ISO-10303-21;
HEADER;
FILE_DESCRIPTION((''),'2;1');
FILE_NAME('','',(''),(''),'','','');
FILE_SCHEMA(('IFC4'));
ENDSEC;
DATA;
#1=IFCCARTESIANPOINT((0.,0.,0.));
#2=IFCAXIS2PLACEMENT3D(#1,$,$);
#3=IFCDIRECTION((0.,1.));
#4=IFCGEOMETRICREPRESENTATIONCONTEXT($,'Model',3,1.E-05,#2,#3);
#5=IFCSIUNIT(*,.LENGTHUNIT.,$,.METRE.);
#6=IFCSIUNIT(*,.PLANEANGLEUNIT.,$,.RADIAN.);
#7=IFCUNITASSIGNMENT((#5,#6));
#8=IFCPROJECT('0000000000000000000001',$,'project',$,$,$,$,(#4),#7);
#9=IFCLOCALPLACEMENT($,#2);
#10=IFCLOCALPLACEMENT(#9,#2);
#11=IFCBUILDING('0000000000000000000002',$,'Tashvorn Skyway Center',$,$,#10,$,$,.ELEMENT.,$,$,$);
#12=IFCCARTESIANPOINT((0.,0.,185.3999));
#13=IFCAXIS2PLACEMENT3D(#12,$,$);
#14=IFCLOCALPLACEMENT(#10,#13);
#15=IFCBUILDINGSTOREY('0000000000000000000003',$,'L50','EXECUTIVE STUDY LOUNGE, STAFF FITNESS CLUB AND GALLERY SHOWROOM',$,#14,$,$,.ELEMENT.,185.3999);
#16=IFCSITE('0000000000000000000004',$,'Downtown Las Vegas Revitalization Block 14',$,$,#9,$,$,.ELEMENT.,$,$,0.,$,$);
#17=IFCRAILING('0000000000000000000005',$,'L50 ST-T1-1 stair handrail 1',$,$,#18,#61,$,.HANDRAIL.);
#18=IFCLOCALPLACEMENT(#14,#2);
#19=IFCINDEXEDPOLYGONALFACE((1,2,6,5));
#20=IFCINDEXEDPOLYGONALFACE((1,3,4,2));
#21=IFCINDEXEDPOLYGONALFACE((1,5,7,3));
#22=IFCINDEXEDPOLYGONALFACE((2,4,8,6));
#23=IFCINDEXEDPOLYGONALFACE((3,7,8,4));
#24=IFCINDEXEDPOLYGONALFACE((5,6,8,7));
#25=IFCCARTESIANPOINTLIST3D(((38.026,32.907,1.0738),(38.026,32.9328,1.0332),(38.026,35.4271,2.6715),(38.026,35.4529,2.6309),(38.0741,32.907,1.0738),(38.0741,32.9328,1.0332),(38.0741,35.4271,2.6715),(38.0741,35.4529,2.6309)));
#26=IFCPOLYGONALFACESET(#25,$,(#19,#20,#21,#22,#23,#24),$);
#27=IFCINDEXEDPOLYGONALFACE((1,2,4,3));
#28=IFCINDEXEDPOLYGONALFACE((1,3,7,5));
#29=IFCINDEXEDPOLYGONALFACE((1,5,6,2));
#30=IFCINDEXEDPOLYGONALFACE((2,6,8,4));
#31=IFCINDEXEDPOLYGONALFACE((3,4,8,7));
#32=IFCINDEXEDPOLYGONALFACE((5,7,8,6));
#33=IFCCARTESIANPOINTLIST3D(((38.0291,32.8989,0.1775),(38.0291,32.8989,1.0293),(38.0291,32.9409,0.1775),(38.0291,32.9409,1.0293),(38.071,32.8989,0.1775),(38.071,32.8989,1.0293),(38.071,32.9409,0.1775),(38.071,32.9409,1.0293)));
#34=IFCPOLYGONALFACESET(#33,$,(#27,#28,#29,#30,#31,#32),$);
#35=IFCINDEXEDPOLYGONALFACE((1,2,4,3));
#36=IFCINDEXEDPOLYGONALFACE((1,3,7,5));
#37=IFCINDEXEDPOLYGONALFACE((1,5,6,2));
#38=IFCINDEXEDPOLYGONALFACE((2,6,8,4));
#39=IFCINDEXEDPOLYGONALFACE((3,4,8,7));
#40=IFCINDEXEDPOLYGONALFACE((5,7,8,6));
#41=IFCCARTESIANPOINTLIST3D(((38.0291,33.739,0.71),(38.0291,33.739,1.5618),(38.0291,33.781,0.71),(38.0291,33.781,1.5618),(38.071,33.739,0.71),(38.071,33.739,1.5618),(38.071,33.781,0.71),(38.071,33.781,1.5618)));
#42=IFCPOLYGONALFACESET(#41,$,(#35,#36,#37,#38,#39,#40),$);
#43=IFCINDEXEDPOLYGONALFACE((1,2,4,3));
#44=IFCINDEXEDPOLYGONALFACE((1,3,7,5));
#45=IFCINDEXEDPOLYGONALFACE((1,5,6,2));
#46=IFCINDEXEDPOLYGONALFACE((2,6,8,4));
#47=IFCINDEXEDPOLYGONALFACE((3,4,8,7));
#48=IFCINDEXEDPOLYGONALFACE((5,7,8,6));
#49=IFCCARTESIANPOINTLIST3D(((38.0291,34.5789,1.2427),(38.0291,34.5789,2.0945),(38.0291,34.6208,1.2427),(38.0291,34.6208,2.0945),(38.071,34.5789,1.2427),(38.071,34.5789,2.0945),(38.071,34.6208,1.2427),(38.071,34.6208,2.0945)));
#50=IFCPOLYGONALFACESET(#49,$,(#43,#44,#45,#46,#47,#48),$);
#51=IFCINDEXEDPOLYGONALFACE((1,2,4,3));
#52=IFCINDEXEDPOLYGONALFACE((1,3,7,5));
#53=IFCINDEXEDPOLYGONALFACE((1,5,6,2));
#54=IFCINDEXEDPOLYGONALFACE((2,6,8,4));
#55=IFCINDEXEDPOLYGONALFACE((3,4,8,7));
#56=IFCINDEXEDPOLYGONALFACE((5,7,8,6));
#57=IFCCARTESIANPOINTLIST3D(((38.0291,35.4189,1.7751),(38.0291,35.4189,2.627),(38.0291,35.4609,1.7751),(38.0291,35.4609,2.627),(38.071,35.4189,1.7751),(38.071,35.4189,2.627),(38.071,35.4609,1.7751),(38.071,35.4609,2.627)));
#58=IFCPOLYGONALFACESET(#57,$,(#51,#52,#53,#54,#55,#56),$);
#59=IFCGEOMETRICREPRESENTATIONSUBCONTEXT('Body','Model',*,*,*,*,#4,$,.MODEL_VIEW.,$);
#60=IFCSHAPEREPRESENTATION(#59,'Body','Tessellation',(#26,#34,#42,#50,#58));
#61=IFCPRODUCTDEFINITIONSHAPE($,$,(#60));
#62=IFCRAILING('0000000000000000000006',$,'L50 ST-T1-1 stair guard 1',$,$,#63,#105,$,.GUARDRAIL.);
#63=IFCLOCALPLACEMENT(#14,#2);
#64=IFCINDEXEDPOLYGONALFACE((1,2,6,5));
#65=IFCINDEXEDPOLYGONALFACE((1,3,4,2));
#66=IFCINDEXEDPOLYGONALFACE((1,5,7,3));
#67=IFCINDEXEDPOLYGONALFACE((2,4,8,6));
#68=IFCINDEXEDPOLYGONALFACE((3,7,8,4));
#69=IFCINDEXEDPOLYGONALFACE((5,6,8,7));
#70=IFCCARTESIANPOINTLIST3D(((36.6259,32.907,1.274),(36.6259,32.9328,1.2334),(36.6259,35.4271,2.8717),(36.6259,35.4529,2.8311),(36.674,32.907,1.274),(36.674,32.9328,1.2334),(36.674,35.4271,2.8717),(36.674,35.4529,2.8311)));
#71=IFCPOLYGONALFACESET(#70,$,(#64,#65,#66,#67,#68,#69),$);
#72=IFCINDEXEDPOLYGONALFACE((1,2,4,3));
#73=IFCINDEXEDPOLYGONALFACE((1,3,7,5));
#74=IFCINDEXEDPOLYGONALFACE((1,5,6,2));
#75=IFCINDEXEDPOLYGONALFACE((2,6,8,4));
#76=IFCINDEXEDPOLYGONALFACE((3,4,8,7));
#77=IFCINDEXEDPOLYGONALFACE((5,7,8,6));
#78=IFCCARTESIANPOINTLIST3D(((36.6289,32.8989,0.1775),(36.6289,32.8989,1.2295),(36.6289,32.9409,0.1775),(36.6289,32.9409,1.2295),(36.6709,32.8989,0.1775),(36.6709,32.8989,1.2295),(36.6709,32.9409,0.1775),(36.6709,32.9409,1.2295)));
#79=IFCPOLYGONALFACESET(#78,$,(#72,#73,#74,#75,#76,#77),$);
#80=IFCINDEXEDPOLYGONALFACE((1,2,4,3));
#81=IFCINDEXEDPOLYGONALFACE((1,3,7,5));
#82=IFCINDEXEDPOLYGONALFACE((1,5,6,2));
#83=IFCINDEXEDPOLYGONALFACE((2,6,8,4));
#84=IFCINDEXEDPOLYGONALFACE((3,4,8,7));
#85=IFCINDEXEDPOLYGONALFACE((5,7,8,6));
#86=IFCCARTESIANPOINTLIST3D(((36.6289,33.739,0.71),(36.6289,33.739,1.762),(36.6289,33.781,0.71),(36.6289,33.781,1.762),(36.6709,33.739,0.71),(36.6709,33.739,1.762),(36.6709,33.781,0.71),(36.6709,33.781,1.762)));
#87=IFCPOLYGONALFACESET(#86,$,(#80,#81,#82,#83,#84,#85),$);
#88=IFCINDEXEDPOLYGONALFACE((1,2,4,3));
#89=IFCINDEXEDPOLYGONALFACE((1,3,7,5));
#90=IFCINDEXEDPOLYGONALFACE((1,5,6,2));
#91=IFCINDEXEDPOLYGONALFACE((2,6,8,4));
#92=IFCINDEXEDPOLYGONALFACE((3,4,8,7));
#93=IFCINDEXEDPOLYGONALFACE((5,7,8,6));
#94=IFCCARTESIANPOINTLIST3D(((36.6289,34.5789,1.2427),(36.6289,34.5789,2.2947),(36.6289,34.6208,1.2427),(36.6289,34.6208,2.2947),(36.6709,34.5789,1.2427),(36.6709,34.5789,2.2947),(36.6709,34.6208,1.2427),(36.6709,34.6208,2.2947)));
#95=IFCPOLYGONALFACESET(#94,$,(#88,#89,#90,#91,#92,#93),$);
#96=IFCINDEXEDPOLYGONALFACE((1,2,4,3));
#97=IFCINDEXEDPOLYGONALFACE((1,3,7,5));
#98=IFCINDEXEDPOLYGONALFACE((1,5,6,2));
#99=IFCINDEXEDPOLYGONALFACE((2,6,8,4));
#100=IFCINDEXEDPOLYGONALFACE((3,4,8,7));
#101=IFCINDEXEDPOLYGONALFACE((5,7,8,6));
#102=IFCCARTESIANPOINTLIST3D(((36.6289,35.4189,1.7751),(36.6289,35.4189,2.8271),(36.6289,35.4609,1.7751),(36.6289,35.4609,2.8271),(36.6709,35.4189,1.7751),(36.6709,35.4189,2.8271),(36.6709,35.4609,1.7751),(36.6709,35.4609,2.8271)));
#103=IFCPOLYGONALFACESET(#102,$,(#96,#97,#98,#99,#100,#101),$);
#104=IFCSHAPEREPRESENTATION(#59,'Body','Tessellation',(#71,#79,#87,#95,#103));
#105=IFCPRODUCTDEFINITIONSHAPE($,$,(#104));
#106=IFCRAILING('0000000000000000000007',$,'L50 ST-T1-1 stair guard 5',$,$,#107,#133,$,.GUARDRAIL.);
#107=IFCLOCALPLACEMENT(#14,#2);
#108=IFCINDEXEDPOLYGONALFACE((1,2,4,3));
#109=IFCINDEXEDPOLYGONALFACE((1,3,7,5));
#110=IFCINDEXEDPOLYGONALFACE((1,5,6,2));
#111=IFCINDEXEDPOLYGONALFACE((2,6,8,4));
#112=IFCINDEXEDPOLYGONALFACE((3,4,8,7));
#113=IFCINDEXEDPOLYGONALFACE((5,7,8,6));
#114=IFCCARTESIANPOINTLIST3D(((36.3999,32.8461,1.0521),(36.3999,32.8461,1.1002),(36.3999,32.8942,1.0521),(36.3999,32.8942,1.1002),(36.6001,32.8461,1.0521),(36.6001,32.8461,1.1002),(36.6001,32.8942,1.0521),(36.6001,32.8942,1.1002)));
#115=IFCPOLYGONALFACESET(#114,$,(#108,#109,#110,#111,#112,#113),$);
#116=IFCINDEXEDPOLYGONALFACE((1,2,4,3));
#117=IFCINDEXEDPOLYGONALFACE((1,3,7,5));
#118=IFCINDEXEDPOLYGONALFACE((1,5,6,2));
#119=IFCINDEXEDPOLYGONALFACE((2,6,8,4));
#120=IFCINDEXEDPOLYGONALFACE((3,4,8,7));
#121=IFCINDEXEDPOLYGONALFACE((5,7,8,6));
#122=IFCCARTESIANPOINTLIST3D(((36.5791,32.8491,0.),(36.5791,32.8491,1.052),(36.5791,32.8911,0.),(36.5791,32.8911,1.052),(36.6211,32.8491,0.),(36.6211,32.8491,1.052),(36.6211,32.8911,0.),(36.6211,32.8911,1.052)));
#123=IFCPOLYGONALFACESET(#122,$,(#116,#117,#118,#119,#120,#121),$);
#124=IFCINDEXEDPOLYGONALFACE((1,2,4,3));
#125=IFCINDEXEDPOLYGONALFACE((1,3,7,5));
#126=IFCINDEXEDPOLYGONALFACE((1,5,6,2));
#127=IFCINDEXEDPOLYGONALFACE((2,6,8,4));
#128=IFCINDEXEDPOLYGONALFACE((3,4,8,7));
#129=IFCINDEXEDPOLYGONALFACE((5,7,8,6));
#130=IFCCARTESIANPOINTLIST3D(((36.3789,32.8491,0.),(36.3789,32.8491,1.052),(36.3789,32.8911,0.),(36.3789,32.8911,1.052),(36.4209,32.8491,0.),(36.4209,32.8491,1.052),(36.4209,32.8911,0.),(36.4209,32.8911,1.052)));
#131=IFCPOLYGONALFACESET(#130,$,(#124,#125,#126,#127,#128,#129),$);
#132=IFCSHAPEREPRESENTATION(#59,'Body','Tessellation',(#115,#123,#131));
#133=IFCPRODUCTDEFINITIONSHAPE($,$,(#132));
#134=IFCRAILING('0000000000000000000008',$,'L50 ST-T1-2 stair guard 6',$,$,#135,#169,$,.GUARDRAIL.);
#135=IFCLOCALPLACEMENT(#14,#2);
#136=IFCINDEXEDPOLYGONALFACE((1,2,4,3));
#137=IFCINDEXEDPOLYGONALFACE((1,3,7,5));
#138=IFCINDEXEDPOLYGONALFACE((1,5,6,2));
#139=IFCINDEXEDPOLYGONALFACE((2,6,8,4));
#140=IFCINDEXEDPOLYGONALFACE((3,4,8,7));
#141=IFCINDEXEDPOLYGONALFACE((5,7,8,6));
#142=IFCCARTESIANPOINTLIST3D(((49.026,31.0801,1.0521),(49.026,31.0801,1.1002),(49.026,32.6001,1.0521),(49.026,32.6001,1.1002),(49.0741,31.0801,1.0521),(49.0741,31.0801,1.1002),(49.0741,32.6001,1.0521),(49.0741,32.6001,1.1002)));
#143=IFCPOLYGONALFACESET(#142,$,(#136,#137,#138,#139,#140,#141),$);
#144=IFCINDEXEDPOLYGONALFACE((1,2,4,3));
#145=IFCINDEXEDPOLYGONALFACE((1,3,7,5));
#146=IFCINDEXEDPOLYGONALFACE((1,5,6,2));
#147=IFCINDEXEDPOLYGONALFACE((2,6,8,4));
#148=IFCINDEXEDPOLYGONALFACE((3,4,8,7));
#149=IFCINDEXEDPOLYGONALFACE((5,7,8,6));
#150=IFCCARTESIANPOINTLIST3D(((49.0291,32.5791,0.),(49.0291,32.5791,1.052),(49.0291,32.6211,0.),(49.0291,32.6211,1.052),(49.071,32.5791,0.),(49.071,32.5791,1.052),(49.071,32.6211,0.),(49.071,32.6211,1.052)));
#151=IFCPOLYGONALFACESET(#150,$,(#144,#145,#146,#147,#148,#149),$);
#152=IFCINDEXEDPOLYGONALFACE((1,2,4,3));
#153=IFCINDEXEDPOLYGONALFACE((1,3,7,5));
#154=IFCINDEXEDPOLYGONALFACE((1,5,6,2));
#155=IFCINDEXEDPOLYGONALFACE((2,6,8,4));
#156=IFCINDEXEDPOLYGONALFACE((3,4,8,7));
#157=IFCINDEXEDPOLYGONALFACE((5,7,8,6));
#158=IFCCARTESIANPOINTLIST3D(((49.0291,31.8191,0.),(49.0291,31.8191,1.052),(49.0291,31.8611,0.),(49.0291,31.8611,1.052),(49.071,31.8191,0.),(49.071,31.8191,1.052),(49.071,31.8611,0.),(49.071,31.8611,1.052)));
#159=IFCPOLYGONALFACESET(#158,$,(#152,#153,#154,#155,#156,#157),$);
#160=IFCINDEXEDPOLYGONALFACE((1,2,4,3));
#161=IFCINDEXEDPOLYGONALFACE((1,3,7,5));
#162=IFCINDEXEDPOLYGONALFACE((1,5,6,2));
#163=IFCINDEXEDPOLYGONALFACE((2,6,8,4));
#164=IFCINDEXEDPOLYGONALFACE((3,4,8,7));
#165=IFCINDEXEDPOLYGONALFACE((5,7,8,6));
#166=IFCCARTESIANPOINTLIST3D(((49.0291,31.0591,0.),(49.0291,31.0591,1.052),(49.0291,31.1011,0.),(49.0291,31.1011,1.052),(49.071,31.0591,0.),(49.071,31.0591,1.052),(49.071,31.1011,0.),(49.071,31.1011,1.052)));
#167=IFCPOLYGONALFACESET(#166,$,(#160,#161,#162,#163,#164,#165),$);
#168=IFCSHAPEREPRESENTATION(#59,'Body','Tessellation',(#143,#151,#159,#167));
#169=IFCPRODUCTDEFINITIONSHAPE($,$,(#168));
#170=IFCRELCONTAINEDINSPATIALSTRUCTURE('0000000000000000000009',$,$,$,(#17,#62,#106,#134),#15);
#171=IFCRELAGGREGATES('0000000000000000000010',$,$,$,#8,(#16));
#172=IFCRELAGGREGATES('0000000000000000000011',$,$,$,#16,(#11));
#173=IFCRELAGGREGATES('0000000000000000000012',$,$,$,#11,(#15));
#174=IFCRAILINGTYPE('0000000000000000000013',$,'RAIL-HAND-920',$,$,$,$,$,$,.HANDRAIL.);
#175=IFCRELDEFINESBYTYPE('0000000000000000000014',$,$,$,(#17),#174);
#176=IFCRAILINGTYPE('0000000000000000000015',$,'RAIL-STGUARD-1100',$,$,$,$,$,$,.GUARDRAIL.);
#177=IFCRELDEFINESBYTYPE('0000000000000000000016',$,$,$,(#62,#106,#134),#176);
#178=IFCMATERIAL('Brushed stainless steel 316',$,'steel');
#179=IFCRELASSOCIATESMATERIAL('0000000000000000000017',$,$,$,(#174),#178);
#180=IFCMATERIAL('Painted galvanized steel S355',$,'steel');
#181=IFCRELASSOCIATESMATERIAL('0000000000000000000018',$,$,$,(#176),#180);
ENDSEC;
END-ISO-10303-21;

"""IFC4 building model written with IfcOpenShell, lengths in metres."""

from ifc_helpers import new_model, si_unit, direction, frame, origin, origin_2d, place, context, subcontext, project, spatial, rectangle, extrude, material, type_object, element, save


model = new_model("IFC4")

# Units and contexts
model_context = context("Model", 3, precision=1e-05, world=origin(), true_north=direction((0.0, 1.0)))
body_context = subcontext(model_context, "Body", "Model", "MODEL_VIEW")
ifc_project = project(units=[si_unit("LENGTHUNIT", "METRE"), si_unit("PLANEANGLEUNIT", "RADIAN")], contexts=[model_context])

# Site, building, storey
site_placement = place(None, origin())
site = spatial("IfcSite", under=ifc_project, at=site_placement, Name="Downtown Las Vegas Revitalization Block 14", CompositionType="ELEMENT", RefElevation=0.0)
building_placement = place(site_placement, origin())
building = spatial("IfcBuilding", under=site, at=building_placement, Name="Tashvorn Skyway Center", CompositionType="ELEMENT")
storey_placement = place(building_placement, frame((0.0, 0.0, 185.3999)))
storey = spatial("IfcBuildingStorey", under=building, at=storey_placement, Name="L50", Description="EXECUTIVE STUDY LOUNGE, STAFF FITNESS CLUB AND GALLERY SHOWROOM", CompositionType="ELEMENT", Elevation=185.3999)

# Railings
ifc_material_1 = material(Name="Brushed stainless steel 316", Category="steel")
railing_type_1 = type_object("IfcRailingType", Name="RAIL-HAND-920", PredefinedType="HANDRAIL", material=ifc_material_1)
railing_1_placement = place(storey_placement, frame((38.05, 32.9199, 0.1775)))
element("IfcRailing", 1, at=railing_1_placement, inside=storey, type_object=railing_type_1, Name="L50 ST-T1-1 stair handrail 1", PredefinedType="HANDRAIL", context=body_context, shape_type="SweptSolid", body=[
    extrude(rectangle(XDim=0.0481, YDim=0.0481, at=origin_2d()), frame((0.0, 0.0, 0.876), z_axis=(0.0, 0.84457, 0.535445), x_axis=(-1.0, 0.0, 0.0)), (0.0, 0.0, 1.0), 2.9839),
    extrude(rectangle(XDim=0.042, YDim=0.042, at=origin_2d()), origin(), (0.0, 0.0, 1.0), 0.8518),
    extrude(rectangle(XDim=0.042, YDim=0.042, at=origin_2d()), frame((0.0, 0.8401, 0.5325)), (0.0, 0.0, 1.0), 0.8518),
    extrude(rectangle(XDim=0.042, YDim=0.042, at=origin_2d()), frame((0.0, 1.6799, 1.0652)), (0.0, 0.0, 1.0), 0.8518),
    extrude(rectangle(XDim=0.042, YDim=0.042, at=origin_2d()), frame((0.0, 2.52, 1.5977)), (0.0, 0.0, 1.0), 0.8518),
])
ifc_material_2 = material(Name="Painted galvanized steel S355", Category="steel")
railing_type_2 = type_object("IfcRailingType", Name="RAIL-STGUARD-1100", PredefinedType="GUARDRAIL", material=ifc_material_2)
railing_2_placement = place(storey_placement, frame((36.6499, 32.9199, 0.1775)))
element("IfcRailing", 2, at=railing_2_placement, inside=storey, type_object=railing_type_2, Name="L50 ST-T1-1 stair guard 1", PredefinedType="GUARDRAIL", context=body_context, shape_type="SweptSolid", body=[
    extrude(rectangle(XDim=0.0481, YDim=0.0481, at=origin_2d()), frame((0.0, 0.0, 1.0762), z_axis=(0.0, 0.84457, 0.535445), x_axis=(-1.0, 0.0, 0.0)), (0.0, 0.0, 1.0), 2.9839),
    extrude(rectangle(XDim=0.042, YDim=0.042, at=origin_2d()), origin(), (0.0, 0.0, 1.0), 1.052),
    extrude(rectangle(XDim=0.042, YDim=0.042, at=origin_2d()), frame((0.0, 0.8401, 0.5325)), (0.0, 0.0, 1.0), 1.052),
    extrude(rectangle(XDim=0.042, YDim=0.042, at=origin_2d()), frame((0.0, 1.6799, 1.0652)), (0.0, 0.0, 1.0), 1.052),
    extrude(rectangle(XDim=0.042, YDim=0.042, at=origin_2d()), frame((0.0, 2.52, 1.5977)), (0.0, 0.0, 1.0), 1.052),
])
railing_3_placement = place(storey_placement, frame((36.6001, 32.8701, 0.0)))
element("IfcRailing", 3, at=railing_3_placement, inside=storey, type_object=railing_type_2, Name="L50 ST-T1-1 stair guard 5", PredefinedType="GUARDRAIL", context=body_context, shape_type="SweptSolid", body=[
    extrude(rectangle(XDim=0.0481, YDim=0.0481, at=origin_2d()), frame((0.0, 0.0, 1.0762), z_axis=(-1.0, 0.0, 0.0), x_axis=(0.0, -1.0, 0.0)), (0.0, 0.0, 1.0), 0.2002),
    extrude(rectangle(XDim=0.042, YDim=0.042, at=origin_2d()), origin(), (0.0, 0.0, 1.0), 1.052),
    extrude(rectangle(XDim=0.042, YDim=0.042, at=origin_2d()), frame((-0.2002, 0.0, 0.0)), (0.0, 0.0, 1.0), 1.052),
])
railing_4_placement = place(storey_placement, frame((49.05, 32.6001, 0.0)))
element("IfcRailing", 4, at=railing_4_placement, inside=storey, type_object=railing_type_2, Name="L50 ST-T1-2 stair guard 6", PredefinedType="GUARDRAIL", context=body_context, shape_type="SweptSolid", body=[
    extrude(rectangle(XDim=0.0481, YDim=0.0481, at=origin_2d()), frame((0.0, 0.0, 1.0762), z_axis=(0.0, -1.0, 0.0), x_axis=(1.0, 0.0, 0.0)), (0.0, 0.0, 1.0), 1.52),
    extrude(rectangle(XDim=0.042, YDim=0.042, at=origin_2d()), origin(), (0.0, 0.0, 1.0), 1.052),
    extrude(rectangle(XDim=0.042, YDim=0.042, at=origin_2d()), frame((0.0, -0.76, 0.0)), (0.0, 0.0, 1.0), 1.052),
    extrude(rectangle(XDim=0.042, YDim=0.042, at=origin_2d()), frame((0.0, -1.52, 0.0)), (0.0, 0.0, 1.0), 1.052),
])

save(model, "model.ifc")
